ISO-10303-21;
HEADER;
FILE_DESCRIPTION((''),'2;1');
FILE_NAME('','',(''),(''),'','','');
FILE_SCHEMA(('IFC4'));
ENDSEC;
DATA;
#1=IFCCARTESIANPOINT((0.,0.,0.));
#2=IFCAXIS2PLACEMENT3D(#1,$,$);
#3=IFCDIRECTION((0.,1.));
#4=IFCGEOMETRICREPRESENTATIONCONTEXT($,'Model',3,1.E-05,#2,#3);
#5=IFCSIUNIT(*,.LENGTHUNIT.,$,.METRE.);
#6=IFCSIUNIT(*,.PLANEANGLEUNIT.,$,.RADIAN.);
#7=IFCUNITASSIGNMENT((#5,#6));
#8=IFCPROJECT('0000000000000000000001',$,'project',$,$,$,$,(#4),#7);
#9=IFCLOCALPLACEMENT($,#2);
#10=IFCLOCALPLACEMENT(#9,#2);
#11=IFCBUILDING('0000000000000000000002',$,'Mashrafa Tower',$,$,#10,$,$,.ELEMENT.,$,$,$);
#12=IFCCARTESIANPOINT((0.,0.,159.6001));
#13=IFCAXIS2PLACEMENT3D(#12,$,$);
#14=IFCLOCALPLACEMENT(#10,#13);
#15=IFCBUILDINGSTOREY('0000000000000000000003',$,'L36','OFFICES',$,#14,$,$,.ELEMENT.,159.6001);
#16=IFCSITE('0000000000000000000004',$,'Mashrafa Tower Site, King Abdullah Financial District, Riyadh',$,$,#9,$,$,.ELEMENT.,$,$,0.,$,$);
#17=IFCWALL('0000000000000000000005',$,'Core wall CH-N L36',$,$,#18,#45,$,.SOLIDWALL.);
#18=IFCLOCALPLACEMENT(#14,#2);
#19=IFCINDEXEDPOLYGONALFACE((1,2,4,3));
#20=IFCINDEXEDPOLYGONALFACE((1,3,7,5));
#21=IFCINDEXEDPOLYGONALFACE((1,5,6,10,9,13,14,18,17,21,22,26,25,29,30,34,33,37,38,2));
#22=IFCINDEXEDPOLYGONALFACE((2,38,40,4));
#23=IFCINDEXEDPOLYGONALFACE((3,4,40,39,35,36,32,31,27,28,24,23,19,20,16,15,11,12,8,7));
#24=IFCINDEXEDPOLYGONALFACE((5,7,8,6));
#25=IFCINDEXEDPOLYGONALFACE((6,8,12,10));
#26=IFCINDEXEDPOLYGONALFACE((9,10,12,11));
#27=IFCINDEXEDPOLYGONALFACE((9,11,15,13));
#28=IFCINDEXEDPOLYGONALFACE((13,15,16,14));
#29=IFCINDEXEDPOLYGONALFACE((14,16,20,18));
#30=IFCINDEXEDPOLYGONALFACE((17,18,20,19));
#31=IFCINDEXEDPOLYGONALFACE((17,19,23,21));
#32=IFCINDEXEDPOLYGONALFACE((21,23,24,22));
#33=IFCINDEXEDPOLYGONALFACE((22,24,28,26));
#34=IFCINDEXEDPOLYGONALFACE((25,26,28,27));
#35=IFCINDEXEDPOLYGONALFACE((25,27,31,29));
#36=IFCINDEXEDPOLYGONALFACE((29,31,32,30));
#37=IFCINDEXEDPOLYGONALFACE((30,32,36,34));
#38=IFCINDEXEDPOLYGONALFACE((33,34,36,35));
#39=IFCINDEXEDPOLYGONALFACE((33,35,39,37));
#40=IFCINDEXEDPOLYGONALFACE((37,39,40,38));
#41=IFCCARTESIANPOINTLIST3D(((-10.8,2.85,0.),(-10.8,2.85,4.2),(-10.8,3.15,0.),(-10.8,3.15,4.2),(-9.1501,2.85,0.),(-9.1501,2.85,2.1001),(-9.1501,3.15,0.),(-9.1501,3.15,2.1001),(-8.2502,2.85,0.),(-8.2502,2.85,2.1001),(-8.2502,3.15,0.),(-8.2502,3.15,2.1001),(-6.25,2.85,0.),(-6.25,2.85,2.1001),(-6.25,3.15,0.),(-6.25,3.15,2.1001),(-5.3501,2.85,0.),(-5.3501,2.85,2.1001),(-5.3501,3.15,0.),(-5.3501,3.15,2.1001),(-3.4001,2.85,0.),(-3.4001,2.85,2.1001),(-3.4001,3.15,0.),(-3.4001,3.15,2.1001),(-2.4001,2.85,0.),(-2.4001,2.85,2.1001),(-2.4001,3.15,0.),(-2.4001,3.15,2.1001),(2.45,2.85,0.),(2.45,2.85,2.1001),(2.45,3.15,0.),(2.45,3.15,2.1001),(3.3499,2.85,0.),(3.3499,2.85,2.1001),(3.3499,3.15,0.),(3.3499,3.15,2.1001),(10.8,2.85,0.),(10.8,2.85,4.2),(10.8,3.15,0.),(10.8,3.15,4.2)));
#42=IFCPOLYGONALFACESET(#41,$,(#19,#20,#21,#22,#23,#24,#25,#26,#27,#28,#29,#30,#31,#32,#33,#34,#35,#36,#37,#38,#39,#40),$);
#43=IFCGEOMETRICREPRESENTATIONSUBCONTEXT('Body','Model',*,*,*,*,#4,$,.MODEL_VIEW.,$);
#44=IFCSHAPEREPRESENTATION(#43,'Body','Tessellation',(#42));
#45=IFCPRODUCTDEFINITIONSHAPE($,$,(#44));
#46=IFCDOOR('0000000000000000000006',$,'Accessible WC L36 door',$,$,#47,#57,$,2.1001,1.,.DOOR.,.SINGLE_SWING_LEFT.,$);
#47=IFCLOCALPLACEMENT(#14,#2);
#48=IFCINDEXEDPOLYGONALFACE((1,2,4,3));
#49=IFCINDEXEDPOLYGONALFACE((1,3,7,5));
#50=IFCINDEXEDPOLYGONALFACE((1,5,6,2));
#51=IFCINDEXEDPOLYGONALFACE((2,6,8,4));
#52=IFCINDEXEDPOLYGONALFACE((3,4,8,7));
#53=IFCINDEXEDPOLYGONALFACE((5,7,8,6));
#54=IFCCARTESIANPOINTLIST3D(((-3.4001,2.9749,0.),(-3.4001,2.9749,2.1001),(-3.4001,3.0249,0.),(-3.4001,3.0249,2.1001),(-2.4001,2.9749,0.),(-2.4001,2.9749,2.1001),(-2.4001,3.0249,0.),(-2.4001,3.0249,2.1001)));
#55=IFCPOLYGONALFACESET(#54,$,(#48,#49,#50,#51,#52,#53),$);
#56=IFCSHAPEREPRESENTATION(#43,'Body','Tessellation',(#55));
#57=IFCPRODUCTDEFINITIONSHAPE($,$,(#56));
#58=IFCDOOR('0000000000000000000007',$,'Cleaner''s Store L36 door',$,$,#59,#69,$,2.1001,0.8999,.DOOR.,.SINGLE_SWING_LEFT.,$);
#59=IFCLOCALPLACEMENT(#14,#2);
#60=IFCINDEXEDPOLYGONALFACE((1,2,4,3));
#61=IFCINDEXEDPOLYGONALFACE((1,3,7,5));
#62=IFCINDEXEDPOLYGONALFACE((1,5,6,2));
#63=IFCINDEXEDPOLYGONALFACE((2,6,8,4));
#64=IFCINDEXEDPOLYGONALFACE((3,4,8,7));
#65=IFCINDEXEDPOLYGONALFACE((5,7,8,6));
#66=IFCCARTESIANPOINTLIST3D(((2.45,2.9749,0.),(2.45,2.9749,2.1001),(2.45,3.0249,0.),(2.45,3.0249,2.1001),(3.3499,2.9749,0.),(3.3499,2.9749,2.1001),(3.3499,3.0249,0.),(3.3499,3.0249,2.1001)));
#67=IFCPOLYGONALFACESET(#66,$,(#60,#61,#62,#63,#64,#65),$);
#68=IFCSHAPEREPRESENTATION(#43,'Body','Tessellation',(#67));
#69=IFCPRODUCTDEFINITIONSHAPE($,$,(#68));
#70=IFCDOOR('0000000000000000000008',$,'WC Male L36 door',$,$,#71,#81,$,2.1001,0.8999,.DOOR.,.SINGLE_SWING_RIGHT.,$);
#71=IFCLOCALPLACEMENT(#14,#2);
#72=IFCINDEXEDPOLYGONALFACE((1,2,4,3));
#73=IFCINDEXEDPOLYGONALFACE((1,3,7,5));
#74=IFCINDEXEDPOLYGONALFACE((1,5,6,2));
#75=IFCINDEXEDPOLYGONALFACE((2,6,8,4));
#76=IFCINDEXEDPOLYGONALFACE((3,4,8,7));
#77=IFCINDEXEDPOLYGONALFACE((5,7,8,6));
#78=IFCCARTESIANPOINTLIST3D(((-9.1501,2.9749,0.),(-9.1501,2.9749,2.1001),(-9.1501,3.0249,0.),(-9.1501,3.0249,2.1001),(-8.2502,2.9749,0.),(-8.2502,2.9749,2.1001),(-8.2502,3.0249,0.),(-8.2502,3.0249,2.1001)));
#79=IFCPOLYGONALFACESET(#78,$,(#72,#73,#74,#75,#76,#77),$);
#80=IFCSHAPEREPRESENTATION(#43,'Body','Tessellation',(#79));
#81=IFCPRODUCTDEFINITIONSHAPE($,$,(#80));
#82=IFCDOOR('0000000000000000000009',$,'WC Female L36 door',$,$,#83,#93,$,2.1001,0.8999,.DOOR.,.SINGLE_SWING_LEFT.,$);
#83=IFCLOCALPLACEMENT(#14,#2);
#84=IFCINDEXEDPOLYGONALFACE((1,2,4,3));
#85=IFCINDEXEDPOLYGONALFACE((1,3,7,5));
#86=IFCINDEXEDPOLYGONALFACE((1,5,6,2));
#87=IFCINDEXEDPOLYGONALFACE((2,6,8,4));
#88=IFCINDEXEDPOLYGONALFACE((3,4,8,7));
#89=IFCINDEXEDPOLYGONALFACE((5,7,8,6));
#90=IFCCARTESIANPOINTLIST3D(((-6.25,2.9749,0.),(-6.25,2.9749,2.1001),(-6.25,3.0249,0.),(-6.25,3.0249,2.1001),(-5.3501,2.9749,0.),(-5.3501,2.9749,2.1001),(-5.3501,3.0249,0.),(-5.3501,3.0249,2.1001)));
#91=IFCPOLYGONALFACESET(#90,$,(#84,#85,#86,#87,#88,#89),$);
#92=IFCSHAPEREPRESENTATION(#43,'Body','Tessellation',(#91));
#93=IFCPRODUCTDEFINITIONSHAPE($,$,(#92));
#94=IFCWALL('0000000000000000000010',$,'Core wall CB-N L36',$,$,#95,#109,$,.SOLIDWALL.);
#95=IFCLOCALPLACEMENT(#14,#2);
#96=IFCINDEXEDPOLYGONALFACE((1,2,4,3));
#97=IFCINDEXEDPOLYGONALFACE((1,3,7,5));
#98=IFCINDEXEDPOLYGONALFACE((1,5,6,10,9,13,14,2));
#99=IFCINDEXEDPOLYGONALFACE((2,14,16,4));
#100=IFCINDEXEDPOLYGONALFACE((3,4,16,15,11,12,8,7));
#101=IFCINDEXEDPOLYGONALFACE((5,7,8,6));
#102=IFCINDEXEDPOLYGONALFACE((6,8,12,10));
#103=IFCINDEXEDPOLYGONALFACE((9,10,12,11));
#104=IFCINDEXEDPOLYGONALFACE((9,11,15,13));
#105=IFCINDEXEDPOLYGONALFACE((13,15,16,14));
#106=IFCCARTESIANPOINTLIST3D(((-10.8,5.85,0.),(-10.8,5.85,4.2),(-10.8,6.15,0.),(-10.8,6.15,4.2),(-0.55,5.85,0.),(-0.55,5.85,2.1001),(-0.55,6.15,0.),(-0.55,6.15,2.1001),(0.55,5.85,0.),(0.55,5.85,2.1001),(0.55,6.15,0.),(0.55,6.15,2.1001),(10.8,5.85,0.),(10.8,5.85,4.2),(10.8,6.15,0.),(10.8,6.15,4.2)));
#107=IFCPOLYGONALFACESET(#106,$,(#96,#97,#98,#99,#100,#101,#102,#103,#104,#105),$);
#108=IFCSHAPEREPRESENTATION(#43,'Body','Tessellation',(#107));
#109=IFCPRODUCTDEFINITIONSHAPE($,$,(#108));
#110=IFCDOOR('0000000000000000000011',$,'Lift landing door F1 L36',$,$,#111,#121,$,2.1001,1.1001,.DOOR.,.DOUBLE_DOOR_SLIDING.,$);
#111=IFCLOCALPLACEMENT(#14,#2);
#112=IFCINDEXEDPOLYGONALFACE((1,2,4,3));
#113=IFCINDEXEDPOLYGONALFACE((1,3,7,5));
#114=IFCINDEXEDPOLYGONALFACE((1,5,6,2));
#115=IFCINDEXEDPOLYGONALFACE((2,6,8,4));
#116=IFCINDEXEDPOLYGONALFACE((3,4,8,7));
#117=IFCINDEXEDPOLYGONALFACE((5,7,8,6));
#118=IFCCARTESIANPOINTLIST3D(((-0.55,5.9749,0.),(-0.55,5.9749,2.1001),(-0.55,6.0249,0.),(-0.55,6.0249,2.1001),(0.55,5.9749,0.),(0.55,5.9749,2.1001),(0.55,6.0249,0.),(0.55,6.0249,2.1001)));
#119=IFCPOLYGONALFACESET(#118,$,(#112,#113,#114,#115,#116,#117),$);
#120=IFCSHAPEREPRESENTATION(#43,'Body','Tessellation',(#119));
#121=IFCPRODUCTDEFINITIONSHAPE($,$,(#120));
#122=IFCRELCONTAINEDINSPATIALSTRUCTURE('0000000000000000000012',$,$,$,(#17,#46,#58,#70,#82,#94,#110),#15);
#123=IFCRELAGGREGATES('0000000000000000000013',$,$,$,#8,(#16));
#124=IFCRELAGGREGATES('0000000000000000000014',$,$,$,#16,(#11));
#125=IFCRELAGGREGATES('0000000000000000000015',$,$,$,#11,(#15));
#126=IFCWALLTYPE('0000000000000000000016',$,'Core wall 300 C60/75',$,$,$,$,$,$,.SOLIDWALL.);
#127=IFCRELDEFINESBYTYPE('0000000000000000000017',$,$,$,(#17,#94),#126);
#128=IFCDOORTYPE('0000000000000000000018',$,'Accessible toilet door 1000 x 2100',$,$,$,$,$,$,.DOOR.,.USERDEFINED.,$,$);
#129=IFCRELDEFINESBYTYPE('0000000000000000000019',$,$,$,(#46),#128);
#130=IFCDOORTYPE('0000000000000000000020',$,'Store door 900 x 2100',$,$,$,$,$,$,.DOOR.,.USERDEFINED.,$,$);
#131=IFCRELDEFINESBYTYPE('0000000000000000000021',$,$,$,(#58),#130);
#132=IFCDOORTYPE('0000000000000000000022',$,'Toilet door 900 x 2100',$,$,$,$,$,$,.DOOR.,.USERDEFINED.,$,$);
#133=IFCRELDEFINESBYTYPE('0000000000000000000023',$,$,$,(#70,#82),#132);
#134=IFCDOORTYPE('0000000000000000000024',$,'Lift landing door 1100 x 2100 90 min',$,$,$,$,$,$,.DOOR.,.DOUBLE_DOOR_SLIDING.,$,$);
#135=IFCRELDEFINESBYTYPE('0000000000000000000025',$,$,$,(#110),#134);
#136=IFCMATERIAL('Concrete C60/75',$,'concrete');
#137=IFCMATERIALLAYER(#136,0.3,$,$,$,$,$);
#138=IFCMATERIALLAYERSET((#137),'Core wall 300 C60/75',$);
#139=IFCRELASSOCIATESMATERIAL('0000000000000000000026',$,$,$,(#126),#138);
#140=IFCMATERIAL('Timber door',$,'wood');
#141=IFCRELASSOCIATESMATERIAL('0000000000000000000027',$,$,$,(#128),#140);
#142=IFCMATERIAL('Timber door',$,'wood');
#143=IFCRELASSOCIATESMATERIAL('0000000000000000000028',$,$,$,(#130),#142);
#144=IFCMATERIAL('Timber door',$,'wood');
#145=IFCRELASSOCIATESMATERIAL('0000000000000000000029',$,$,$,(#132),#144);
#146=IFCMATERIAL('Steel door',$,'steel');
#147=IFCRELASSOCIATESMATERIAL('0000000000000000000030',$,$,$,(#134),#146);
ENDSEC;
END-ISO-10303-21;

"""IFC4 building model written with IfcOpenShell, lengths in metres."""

from ifc_helpers import new_model, si_unit, direction, frame, frame_2d, origin, place, context, subcontext, project, spatial, rectangle, extrude, material, layer, layer_set, type_object, element, fill, save


model = new_model("IFC4")

# Units and contexts
model_context = context("Model", 3, precision=1e-05, world=origin(), true_north=direction((0.0, 1.0)))
body_context = subcontext(model_context, "Body", "Model", "MODEL_VIEW")
ifc_project = project(units=[si_unit("LENGTHUNIT", "METRE"), si_unit("PLANEANGLEUNIT", "RADIAN")], contexts=[model_context])

# Site, building, storey
site_placement = place(None, origin())
site = spatial("IfcSite", under=ifc_project, at=site_placement, Name="Mashrafa Tower Site, King Abdullah Financial District, Riyadh", CompositionType="ELEMENT", RefElevation=0.0)
building_placement = place(site_placement, origin())
building = spatial("IfcBuilding", under=site, at=building_placement, Name="Mashrafa Tower", CompositionType="ELEMENT")
storey_placement = place(building_placement, frame((0.0, 0.0, 159.6001)))
storey = spatial("IfcBuildingStorey", under=building, at=storey_placement, Name="L36", Description="OFFICES", CompositionType="ELEMENT", Elevation=159.6001)

# Wall, openings, doors
ifc_material_1 = material(Name="Concrete C60/75", Category="concrete")
ifc_layer_1 = layer(ifc_material_1, 0.3)
ifc_layer_set_1 = layer_set([ifc_layer_1], Name="Core wall 300 C60/75")
wall_type_1 = type_object("IfcWallType", Name="Core wall 300 C60/75", PredefinedType="SOLIDWALL", material=ifc_layer_set_1)
wall_1_placement = place(storey_placement, frame((-10.8, 3.0, 0.0), z_axis=(0.0, 0.0, 1.0), x_axis=(1.0, 0.0, 0.0)))
wall_1 = element("IfcWall", 1, at=wall_1_placement, inside=storey, type_object=wall_type_1, Name="Core wall CH-N L36", PredefinedType="SOLIDWALL", context=body_context, shape_type="SweptSolid", body=[
    extrude(rectangle(XDim=21.6001, YDim=0.3, at=frame_2d((10.8, 0.0))), origin(), (0.0, 0.0, 1.0), 4.2),
])
opening_1_placement = place(wall_1_placement, frame((1.6499, 0.0, 0.0)))
opening_1 = element("IfcOpeningElement", 2, at=opening_1_placement, cuts=wall_1, PredefinedType="OPENING", context=body_context, shape_type="SweptSolid", body=[
    extrude(rectangle(XDim=0.8999, YDim=2.1001, at=frame_2d((0.45, 1.05))), frame((0.0, 0.1599, 0.0), z_axis=(0.0, -1.0, 0.0), x_axis=(1.0, 0.0, 0.0)), (0.0, 0.0, 1.0), 0.3201),
])
opening_2_placement = place(wall_1_placement, frame((4.55, 0.0, 0.0)))
opening_2 = element("IfcOpeningElement", 3, at=opening_2_placement, cuts=wall_1, PredefinedType="OPENING", context=body_context, shape_type="SweptSolid", body=[
    extrude(rectangle(XDim=0.8999, YDim=2.1001, at=frame_2d((0.45, 1.05))), frame((0.0, 0.1599, 0.0), z_axis=(0.0, -1.0, 0.0), x_axis=(1.0, 0.0, 0.0)), (0.0, 0.0, 1.0), 0.3201),
])
opening_3_placement = place(wall_1_placement, frame((7.3999, 0.0, 0.0)))
opening_3 = element("IfcOpeningElement", 4, at=opening_3_placement, cuts=wall_1, PredefinedType="OPENING", context=body_context, shape_type="SweptSolid", body=[
    extrude(rectangle(XDim=1.0, YDim=2.1001, at=frame_2d((0.5, 1.05))), frame((0.0, 0.1599, 0.0), z_axis=(0.0, -1.0, 0.0), x_axis=(1.0, 0.0, 0.0)), (0.0, 0.0, 1.0), 0.3201),
])
opening_4_placement = place(wall_1_placement, frame((13.25, 0.0, 0.0)))
opening_4 = element("IfcOpeningElement", 5, at=opening_4_placement, cuts=wall_1, PredefinedType="OPENING", context=body_context, shape_type="SweptSolid", body=[
    extrude(rectangle(XDim=0.8999, YDim=2.1001, at=frame_2d((0.45, 1.05))), frame((0.0, 0.1599, 0.0), z_axis=(0.0, -1.0, 0.0), x_axis=(1.0, 0.0, 0.0)), (0.0, 0.0, 1.0), 0.3201),
])
ifc_material_2 = material(Name="Timber door", Category="wood")
door_type_1 = type_object("IfcDoorType", Name="Accessible toilet door 1000 x 2100", OperationType="USERDEFINED", PredefinedType="DOOR", material=ifc_material_2)
door_1_placement = place(opening_3_placement, origin())
door_1 = element("IfcDoor", 6, at=door_1_placement, inside=storey, type_object=door_type_1, Name="Accessible WC L36 door", OperationType="SINGLE_SWING_LEFT", OverallHeight=2.1001, OverallWidth=1.0, PredefinedType="DOOR", context=body_context, shape_type="SweptSolid", body=[
    extrude(rectangle(XDim=1.0, YDim=2.1001, at=frame_2d((0.5, 1.05))), frame((0.0, 0.0249, 0.0), z_axis=(0.0, -1.0, 0.0), x_axis=(1.0, 0.0, 0.0)), (0.0, 0.0, 1.0), 0.05),
])
fill(opening_3, door_1)
ifc_material_3 = material(Name="Timber door", Category="wood")
door_type_2 = type_object("IfcDoorType", Name="Store door 900 x 2100", OperationType="USERDEFINED", PredefinedType="DOOR", material=ifc_material_3)
door_2_placement = place(opening_4_placement, origin())
door_2 = element("IfcDoor", 7, at=door_2_placement, inside=storey, type_object=door_type_2, Name="Cleaner's Store L36 door", OperationType="SINGLE_SWING_LEFT", OverallHeight=2.1001, OverallWidth=0.8999, PredefinedType="DOOR", context=body_context, shape_type="SweptSolid", body=[
    extrude(rectangle(XDim=0.8999, YDim=2.1001, at=frame_2d((0.45, 1.05))), frame((0.0, 0.0249, 0.0), z_axis=(0.0, -1.0, 0.0), x_axis=(1.0, 0.0, 0.0)), (0.0, 0.0, 1.0), 0.05),
])
fill(opening_4, door_2)
ifc_material_4 = material(Name="Timber door", Category="wood")
door_type_3 = type_object("IfcDoorType", Name="Toilet door 900 x 2100", OperationType="USERDEFINED", PredefinedType="DOOR", material=ifc_material_4)
door_3_placement = place(opening_1_placement, origin())
door_3 = element("IfcDoor", 8, at=door_3_placement, inside=storey, type_object=door_type_3, Name="WC Male L36 door", OperationType="SINGLE_SWING_RIGHT", OverallHeight=2.1001, OverallWidth=0.8999, PredefinedType="DOOR", context=body_context, shape_type="SweptSolid", body=[
    extrude(rectangle(XDim=0.8999, YDim=2.1001, at=frame_2d((0.45, 1.05))), frame((0.0, 0.0249, 0.0), z_axis=(0.0, -1.0, 0.0), x_axis=(1.0, 0.0, 0.0)), (0.0, 0.0, 1.0), 0.05),
])
fill(opening_1, door_3)
door_4_placement = place(opening_2_placement, origin())
door_4 = element("IfcDoor", 9, at=door_4_placement, inside=storey, type_object=door_type_3, Name="WC Female L36 door", OperationType="SINGLE_SWING_LEFT", OverallHeight=2.1001, OverallWidth=0.8999, PredefinedType="DOOR", context=body_context, shape_type="SweptSolid", body=[
    extrude(rectangle(XDim=0.8999, YDim=2.1001, at=frame_2d((0.45, 1.05))), frame((0.0, 0.0249, 0.0), z_axis=(0.0, -1.0, 0.0), x_axis=(1.0, 0.0, 0.0)), (0.0, 0.0, 1.0), 0.05),
])
fill(opening_2, door_4)

# Wall, opening, door
wall_2_placement = place(storey_placement, frame((-10.8, 6.0, 0.0), z_axis=(0.0, 0.0, 1.0), x_axis=(1.0, 0.0, 0.0)))
wall_2 = element("IfcWall", 10, at=wall_2_placement, inside=storey, type_object=wall_type_1, Name="Core wall CB-N L36", PredefinedType="SOLIDWALL", context=body_context, shape_type="SweptSolid", body=[
    extrude(rectangle(XDim=21.6001, YDim=0.3, at=frame_2d((10.8, 0.0))), origin(), (0.0, 0.0, 1.0), 4.2),
])
opening_5_placement = place(wall_2_placement, frame((10.25, 0.0, 0.0)))
opening_5 = element("IfcOpeningElement", 11, at=opening_5_placement, cuts=wall_2, PredefinedType="OPENING", context=body_context, shape_type="SweptSolid", body=[
    extrude(rectangle(XDim=1.1001, YDim=2.1001, at=frame_2d((0.55, 1.05))), frame((0.0, 0.1599, 0.0), z_axis=(0.0, -1.0, 0.0), x_axis=(1.0, 0.0, 0.0)), (0.0, 0.0, 1.0), 0.3201),
])
ifc_material_5 = material(Name="Steel door", Category="steel")
door_type_4 = type_object("IfcDoorType", Name="Lift landing door 1100 x 2100 90 min", OperationType="DOUBLE_DOOR_SLIDING", PredefinedType="DOOR", material=ifc_material_5)
door_5_placement = place(opening_5_placement, origin())
door_5 = element("IfcDoor", 12, at=door_5_placement, inside=storey, type_object=door_type_4, Name="Lift landing door F1 L36", OperationType="DOUBLE_DOOR_SLIDING", OverallHeight=2.1001, OverallWidth=1.1001, PredefinedType="DOOR", context=body_context, shape_type="SweptSolid", body=[
    extrude(rectangle(XDim=1.1001, YDim=2.1001, at=frame_2d((0.55, 1.05))), frame((0.0, 0.0249, 0.0), z_axis=(0.0, -1.0, 0.0), x_axis=(1.0, 0.0, 0.0)), (0.0, 0.0, 1.0), 0.05),
])
fill(opening_5, door_5)

save(model, "model.ifc")
